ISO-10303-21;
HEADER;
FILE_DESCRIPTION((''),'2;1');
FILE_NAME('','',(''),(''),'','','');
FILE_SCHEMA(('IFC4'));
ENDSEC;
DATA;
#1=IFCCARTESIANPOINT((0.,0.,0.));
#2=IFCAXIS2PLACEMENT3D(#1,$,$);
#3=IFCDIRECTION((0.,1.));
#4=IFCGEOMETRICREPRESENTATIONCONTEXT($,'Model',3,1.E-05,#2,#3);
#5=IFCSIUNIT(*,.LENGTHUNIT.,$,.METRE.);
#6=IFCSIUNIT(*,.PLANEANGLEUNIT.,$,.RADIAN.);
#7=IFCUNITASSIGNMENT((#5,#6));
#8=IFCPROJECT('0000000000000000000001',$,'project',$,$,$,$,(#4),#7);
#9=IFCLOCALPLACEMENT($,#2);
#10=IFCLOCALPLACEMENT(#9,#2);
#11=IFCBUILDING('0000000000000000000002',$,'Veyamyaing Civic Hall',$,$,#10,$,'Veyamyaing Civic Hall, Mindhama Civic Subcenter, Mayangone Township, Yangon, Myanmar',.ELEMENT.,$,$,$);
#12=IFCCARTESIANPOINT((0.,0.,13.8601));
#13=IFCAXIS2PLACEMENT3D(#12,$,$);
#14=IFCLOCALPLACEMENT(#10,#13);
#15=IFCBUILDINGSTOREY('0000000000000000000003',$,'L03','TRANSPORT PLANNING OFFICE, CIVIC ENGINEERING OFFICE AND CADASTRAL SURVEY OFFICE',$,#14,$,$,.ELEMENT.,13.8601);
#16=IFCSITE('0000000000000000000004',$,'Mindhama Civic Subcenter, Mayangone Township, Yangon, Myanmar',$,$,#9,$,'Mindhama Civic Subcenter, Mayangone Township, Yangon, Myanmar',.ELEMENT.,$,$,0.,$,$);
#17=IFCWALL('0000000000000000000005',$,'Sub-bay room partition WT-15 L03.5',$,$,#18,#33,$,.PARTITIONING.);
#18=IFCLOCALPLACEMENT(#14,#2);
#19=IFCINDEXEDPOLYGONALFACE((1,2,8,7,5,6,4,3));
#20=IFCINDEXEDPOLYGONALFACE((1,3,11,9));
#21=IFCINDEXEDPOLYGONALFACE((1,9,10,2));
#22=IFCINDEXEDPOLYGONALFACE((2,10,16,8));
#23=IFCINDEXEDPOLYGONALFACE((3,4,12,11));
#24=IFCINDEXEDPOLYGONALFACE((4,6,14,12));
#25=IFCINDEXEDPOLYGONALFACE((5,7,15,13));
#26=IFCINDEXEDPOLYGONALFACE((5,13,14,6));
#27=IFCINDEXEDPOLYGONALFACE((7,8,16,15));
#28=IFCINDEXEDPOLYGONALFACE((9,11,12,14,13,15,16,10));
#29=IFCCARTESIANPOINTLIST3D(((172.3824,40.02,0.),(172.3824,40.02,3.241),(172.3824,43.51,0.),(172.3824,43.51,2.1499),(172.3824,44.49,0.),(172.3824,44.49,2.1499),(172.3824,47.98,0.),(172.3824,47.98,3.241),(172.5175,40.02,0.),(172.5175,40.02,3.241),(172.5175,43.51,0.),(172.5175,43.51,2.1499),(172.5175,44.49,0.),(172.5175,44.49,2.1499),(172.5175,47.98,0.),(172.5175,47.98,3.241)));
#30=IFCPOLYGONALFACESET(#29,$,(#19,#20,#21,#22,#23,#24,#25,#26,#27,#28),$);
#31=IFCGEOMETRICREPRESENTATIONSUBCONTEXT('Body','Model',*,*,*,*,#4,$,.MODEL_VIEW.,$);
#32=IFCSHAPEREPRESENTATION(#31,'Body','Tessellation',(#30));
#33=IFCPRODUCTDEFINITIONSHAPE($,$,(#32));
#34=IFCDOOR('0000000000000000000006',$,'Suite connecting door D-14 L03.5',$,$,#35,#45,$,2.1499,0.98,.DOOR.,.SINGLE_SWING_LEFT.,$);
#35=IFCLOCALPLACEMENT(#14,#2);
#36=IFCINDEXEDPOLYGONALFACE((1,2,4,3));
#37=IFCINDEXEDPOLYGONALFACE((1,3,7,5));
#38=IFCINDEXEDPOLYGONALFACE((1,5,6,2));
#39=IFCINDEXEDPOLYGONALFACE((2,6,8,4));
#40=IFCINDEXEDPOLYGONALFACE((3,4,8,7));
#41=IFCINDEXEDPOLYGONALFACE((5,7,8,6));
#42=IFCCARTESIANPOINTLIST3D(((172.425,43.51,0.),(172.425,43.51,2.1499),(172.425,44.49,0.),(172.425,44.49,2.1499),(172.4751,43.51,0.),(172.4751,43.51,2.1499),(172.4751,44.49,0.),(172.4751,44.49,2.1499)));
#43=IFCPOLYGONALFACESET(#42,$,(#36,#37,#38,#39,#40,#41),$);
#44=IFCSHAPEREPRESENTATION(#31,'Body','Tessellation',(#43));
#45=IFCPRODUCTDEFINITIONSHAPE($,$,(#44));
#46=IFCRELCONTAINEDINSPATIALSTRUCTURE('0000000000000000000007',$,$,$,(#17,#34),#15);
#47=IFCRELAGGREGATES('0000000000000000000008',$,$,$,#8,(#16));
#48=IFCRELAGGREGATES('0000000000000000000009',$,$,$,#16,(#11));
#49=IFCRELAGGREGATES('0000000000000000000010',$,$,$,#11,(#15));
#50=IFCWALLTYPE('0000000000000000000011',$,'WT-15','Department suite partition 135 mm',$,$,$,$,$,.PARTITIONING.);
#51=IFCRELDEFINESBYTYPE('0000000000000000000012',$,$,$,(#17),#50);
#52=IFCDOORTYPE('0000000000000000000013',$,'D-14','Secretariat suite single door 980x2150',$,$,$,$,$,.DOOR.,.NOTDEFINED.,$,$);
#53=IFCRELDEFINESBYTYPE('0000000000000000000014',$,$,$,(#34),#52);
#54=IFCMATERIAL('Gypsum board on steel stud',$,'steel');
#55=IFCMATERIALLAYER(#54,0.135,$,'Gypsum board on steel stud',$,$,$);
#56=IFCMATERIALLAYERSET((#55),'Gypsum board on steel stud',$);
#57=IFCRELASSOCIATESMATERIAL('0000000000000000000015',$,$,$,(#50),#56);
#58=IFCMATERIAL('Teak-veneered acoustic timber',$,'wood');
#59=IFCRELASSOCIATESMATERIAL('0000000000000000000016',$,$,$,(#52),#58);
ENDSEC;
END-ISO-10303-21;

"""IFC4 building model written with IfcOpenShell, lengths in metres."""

from ifc_helpers import new_model, si_unit, direction, frame, frame_2d, origin, place, context, subcontext, project, spatial, rectangle, extrude, material, layer, layer_set, type_object, element, fill, save


model = new_model("IFC4")

# Units and contexts
model_context = context("Model", 3, precision=1e-05, world=origin(), true_north=direction((0.0, 1.0)))
body_context = subcontext(model_context, "Body", "Model", "MODEL_VIEW")
ifc_project = project(units=[si_unit("LENGTHUNIT", "METRE"), si_unit("PLANEANGLEUNIT", "RADIAN")], contexts=[model_context])

# Site, building, storey
site_placement = place(None, origin())
site = spatial("IfcSite", under=ifc_project, at=site_placement, Name="Mindhama Civic Subcenter, Mayangone Township, Yangon, Myanmar", LongName="Mindhama Civic Subcenter, Mayangone Township, Yangon, Myanmar", CompositionType="ELEMENT", RefElevation=0.0)
building_placement = place(site_placement, origin())
building = spatial("IfcBuilding", under=site, at=building_placement, Name="Veyamyaing Civic Hall", LongName="Veyamyaing Civic Hall, Mindhama Civic Subcenter, Mayangone Township, Yangon, Myanmar", CompositionType="ELEMENT")
storey_placement = place(building_placement, frame((0.0, 0.0, 13.8601)))
storey = spatial("IfcBuildingStorey", under=building, at=storey_placement, Name="L03", Description="TRANSPORT PLANNING OFFICE, CIVIC ENGINEERING OFFICE AND CADASTRAL SURVEY OFFICE", CompositionType="ELEMENT", Elevation=13.8601)

# Shared definitions
ifc_material_1 = material(Name="Teak-veneered acoustic timber", Category="wood")

# Wall, opening, door
ifc_material_2 = material(Name="Gypsum board on steel stud", Category="steel")
ifc_layer_1 = layer(ifc_material_2, 0.135, Name="Gypsum board on steel stud")
ifc_layer_set_1 = layer_set([ifc_layer_1], Name="Gypsum board on steel stud")
wall_type_1 = type_object("IfcWallType", Name="WT-15", Description="Department suite partition 135 mm", PredefinedType="PARTITIONING", material=ifc_layer_set_1)
wall_1_placement = place(storey_placement, frame((172.45, 40.02, 0.0), z_axis=(0.0, 0.0, 1.0), x_axis=(0.0, 1.0, 0.0)))
wall_1 = element("IfcWall", 1, at=wall_1_placement, inside=storey, type_object=wall_type_1, Name="Sub-bay room partition WT-15 L03.5", PredefinedType="PARTITIONING", context=body_context, shape_type="SweptSolid", body=[
    extrude(rectangle(XDim=7.96, YDim=0.135, at=frame_2d((3.98, 0.0))), origin(), (0.0, 0.0, 1.0), 3.241),
])
opening_1_placement = place(wall_1_placement, frame((3.49, 0.0, 0.0)))
opening_1 = element("IfcOpeningElement", 2, at=opening_1_placement, cuts=wall_1, PredefinedType="OPENING", context=body_context, shape_type="SweptSolid", body=[
    extrude(rectangle(XDim=0.98, YDim=2.1499, at=frame_2d((0.49, 1.075))), frame((0.0, 0.0774, 0.0), z_axis=(0.0, -1.0, 0.0), x_axis=(1.0, 0.0, 0.0)), (0.0, 0.0, 1.0), 0.155),
])
door_type_1 = type_object("IfcDoorType", Name="D-14", Description="Secretariat suite single door 980x2150", OperationType="NOTDEFINED", PredefinedType="DOOR", material=ifc_material_1)
door_1_placement = place(opening_1_placement, origin())
door_1 = element("IfcDoor", 3, at=door_1_placement, inside=storey, type_object=door_type_1, Name="Suite connecting door D-14 L03.5", OperationType="SINGLE_SWING_LEFT", OverallHeight=2.1499, OverallWidth=0.98, PredefinedType="DOOR", context=body_context, shape_type="SweptSolid", body=[
    extrude(rectangle(XDim=0.98, YDim=2.1499, at=frame_2d((0.49, 1.075))), frame((0.0, 0.0249, 0.0), z_axis=(0.0, -1.0, 0.0), x_axis=(1.0, 0.0, 0.0)), (0.0, 0.0, 1.0), 0.05),
])
fill(opening_1, door_1)

save(model, "model.ifc")
